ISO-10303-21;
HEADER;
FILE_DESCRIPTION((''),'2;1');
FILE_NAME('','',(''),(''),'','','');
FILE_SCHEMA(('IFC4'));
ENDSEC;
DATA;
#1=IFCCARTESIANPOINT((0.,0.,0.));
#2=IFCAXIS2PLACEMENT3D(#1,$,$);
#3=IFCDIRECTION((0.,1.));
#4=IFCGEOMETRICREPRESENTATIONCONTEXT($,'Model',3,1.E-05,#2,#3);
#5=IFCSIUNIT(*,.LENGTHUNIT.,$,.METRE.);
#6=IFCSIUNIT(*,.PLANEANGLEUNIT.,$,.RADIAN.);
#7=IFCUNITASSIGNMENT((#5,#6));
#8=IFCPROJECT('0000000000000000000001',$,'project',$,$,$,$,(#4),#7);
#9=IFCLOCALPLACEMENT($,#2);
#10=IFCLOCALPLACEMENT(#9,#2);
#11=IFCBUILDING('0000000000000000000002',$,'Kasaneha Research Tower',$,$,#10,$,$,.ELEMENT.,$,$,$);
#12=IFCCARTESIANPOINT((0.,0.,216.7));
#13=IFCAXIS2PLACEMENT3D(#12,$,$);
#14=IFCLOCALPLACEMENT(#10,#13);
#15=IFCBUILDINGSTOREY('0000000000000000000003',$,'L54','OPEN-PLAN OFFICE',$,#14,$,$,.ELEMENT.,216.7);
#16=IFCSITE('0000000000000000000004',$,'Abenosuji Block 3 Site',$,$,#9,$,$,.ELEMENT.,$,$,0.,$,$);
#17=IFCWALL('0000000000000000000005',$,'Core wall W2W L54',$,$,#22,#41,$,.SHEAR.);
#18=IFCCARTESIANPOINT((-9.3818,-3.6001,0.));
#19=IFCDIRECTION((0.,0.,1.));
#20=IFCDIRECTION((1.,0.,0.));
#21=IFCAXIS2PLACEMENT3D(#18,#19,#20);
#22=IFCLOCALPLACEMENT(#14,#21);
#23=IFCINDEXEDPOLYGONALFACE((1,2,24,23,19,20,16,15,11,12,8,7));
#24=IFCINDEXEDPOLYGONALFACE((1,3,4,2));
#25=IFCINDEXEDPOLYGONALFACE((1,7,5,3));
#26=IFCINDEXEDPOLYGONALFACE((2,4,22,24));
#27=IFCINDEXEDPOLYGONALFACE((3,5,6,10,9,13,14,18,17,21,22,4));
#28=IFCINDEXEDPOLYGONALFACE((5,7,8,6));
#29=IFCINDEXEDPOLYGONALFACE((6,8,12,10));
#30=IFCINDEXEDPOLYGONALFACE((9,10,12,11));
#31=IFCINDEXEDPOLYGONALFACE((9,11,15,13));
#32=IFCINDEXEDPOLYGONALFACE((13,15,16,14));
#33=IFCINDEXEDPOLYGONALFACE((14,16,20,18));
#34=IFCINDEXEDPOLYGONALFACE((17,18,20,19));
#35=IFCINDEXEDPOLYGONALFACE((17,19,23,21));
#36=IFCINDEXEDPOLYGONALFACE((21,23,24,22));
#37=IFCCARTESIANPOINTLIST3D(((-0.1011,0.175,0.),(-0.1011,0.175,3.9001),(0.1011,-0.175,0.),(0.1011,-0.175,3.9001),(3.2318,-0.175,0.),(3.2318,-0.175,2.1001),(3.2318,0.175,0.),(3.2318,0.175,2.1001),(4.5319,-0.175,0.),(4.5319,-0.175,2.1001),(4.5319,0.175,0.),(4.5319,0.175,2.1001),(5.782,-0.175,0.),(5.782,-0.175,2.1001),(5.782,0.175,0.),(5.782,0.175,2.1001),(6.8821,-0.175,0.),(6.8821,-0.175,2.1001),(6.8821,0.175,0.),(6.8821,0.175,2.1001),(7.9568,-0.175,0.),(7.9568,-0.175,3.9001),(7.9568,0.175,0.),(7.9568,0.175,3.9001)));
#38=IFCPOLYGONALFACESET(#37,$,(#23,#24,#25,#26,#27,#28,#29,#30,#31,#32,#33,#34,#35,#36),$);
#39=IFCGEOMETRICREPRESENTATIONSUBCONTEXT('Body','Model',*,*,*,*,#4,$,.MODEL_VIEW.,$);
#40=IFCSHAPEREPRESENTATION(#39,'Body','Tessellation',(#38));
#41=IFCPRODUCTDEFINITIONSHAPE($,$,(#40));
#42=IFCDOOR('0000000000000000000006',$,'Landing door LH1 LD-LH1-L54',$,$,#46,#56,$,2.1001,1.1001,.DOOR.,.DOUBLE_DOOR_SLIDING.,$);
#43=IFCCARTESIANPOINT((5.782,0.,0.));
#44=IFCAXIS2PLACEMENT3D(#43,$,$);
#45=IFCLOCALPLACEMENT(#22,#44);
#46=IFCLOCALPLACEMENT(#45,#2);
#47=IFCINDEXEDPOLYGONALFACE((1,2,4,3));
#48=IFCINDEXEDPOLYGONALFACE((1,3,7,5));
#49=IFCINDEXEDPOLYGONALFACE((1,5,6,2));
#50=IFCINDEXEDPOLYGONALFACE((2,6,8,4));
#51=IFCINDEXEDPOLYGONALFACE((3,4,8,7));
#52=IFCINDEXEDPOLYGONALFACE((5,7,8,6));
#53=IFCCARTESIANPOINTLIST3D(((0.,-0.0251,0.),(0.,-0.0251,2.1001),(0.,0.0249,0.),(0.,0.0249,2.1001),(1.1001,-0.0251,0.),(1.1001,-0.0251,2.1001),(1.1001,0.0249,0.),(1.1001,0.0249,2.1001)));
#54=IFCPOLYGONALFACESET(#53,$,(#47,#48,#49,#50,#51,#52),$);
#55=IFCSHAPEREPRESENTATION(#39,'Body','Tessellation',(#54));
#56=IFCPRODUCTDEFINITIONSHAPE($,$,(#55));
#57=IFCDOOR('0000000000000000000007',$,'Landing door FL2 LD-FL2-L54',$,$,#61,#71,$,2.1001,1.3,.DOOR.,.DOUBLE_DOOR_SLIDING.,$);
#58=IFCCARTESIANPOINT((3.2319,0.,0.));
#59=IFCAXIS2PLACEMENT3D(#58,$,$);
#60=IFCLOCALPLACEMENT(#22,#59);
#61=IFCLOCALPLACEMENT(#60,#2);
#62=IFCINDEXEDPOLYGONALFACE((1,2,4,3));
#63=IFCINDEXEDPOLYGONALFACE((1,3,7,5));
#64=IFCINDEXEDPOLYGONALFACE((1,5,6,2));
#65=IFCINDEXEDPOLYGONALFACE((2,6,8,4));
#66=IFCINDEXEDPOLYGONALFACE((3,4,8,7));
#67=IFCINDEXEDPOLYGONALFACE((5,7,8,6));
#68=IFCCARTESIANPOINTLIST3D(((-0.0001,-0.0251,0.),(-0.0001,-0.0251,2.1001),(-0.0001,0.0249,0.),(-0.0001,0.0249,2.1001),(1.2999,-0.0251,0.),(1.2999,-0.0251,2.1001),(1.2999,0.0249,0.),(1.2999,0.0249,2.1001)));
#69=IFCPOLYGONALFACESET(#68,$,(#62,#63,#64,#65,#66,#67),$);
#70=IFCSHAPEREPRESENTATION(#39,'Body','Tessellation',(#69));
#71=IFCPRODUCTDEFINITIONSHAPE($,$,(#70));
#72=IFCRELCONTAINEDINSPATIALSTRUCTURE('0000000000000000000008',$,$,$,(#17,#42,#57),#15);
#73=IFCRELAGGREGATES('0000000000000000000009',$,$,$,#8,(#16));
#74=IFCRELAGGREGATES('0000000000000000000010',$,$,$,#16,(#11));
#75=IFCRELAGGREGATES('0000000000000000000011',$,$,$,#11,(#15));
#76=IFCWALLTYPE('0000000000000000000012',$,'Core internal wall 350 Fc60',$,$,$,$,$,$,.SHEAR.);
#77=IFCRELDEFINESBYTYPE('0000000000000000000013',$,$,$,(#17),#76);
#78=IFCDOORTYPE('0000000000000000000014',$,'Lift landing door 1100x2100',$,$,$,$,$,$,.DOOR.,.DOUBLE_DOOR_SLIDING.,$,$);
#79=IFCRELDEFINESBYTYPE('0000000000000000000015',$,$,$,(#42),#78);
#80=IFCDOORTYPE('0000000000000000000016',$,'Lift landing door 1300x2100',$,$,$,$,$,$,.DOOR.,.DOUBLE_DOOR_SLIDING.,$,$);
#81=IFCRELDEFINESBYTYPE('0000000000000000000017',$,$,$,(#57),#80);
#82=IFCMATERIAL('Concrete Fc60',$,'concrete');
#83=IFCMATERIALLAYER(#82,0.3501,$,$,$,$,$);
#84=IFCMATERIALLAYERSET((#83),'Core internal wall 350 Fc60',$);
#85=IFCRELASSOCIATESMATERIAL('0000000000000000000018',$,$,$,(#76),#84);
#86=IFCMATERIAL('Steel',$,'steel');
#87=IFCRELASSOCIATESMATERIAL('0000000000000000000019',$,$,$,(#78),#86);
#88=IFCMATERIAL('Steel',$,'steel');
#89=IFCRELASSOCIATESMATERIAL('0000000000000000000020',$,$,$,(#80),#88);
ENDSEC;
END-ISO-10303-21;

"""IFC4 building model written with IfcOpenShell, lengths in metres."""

from ifc_helpers import new_model, si_unit, direction, frame, frame_2d, origin, place, context, subcontext, project, spatial, polyline, rectangle, outline, extrude, material, layer, layer_set, type_object, element, fill, save


model = new_model("IFC4")

# Units and contexts
model_context = context("Model", 3, precision=1e-05, world=origin(), true_north=direction((0.0, 1.0)))
body_context = subcontext(model_context, "Body", "Model", "MODEL_VIEW")
ifc_project = project(units=[si_unit("LENGTHUNIT", "METRE"), si_unit("PLANEANGLEUNIT", "RADIAN")], contexts=[model_context])

# Site, building, storey
site_placement = place(None, origin())
site = spatial("IfcSite", under=ifc_project, at=site_placement, Name="Abenosuji Block 3 Site", CompositionType="ELEMENT", RefElevation=0.0)
building_placement = place(site_placement, origin())
building = spatial("IfcBuilding", under=site, at=building_placement, Name="Kasaneha Research Tower", CompositionType="ELEMENT")
storey_placement = place(building_placement, frame((0.0, 0.0, 216.7)))
storey = spatial("IfcBuildingStorey", under=building, at=storey_placement, Name="L54", Description="OPEN-PLAN OFFICE", CompositionType="ELEMENT", Elevation=216.7)

# Wall, openings, doors
ifc_material_1 = material(Name="Concrete Fc60", Category="concrete")
ifc_layer_1 = layer(ifc_material_1, 0.3501)
ifc_layer_set_1 = layer_set([ifc_layer_1], Name="Core internal wall 350 Fc60")
wall_type_1 = type_object("IfcWallType", Name="Core internal wall 350 Fc60", PredefinedType="SHEAR", material=ifc_layer_set_1)
wall_1_placement = place(storey_placement, frame((-9.3818, -3.6001, 0.0), z_axis=(0.0, 0.0, 1.0), x_axis=(1.0, 0.0, 0.0)))
wall_1 = element("IfcWall", 1, at=wall_1_placement, inside=storey, type_object=wall_type_1, Name="Core wall W2W L54", PredefinedType="SHEAR", context=body_context, shape_type="SweptSolid", body=[
    extrude(outline(polyline([(0.1011, -0.175), (3.2319, -0.175), (4.532, -0.175), (5.782, -0.175), (6.8821, -0.175), (7.9568, -0.175), (7.9568, 0.175), (6.8821, 0.175), (5.782, 0.175), (4.532, 0.175), (3.2319, 0.175), (-0.1011, 0.175), (0.1011, -0.175)])), origin(), (0.0, 0.0, 1.0), 3.9001),
])
opening_1_placement = place(wall_1_placement, frame((5.782, 0.0, 0.0)))
opening_1 = element("IfcOpeningElement", 2, at=opening_1_placement, cuts=wall_1, PredefinedType="OPENING", context=body_context, shape_type="SweptSolid", body=[
    extrude(rectangle(XDim=1.1001, YDim=2.1001, at=frame_2d((0.55, 1.05))), frame((0.0, 0.1851, 0.0), z_axis=(0.0, -1.0, 0.0), x_axis=(1.0, 0.0, 0.0)), (0.0, 0.0, 1.0), 0.3701),
])
opening_2_placement = place(wall_1_placement, frame((3.2319, 0.0, 0.0)))
opening_2 = element("IfcOpeningElement", 3, at=opening_2_placement, cuts=wall_1, PredefinedType="OPENING", context=body_context, shape_type="SweptSolid", body=[
    extrude(rectangle(XDim=1.3, YDim=2.1001, at=frame_2d((0.6499, 1.05))), frame((0.0, 0.1851, 0.0), z_axis=(0.0, -1.0, 0.0), x_axis=(1.0, 0.0, 0.0)), (0.0, 0.0, 1.0), 0.3701),
])
ifc_material_2 = material(Name="Steel", Category="steel")
door_type_1 = type_object("IfcDoorType", Name="Lift landing door 1100x2100", OperationType="DOUBLE_DOOR_SLIDING", PredefinedType="DOOR", material=ifc_material_2)
door_1_placement = place(opening_1_placement, origin())
door_1 = element("IfcDoor", 4, at=door_1_placement, inside=storey, type_object=door_type_1, Name="Landing door LH1 LD-LH1-L54", OperationType="DOUBLE_DOOR_SLIDING", OverallHeight=2.1001, OverallWidth=1.1001, PredefinedType="DOOR", context=body_context, shape_type="SweptSolid", body=[
    extrude(rectangle(XDim=1.1001, YDim=2.1001, at=frame_2d((0.55, 1.05))), frame((0.0, 0.0249, 0.0), z_axis=(0.0, -1.0, 0.0), x_axis=(1.0, 0.0, 0.0)), (0.0, 0.0, 1.0), 0.05),
])
fill(opening_1, door_1)
ifc_material_3 = material(Name="Steel", Category="steel")
door_type_2 = type_object("IfcDoorType", Name="Lift landing door 1300x2100", OperationType="DOUBLE_DOOR_SLIDING", PredefinedType="DOOR", material=ifc_material_3)
door_2_placement = place(opening_2_placement, origin())
door_2 = element("IfcDoor", 5, at=door_2_placement, inside=storey, type_object=door_type_2, Name="Landing door FL2 LD-FL2-L54", OperationType="DOUBLE_DOOR_SLIDING", OverallHeight=2.1001, OverallWidth=1.3, PredefinedType="DOOR", context=body_context, shape_type="SweptSolid", body=[
    extrude(rectangle(XDim=1.3, YDim=2.1001, at=frame_2d((0.6499, 1.05))), frame((0.0, 0.0249, 0.0), z_axis=(0.0, -1.0, 0.0), x_axis=(1.0, 0.0, 0.0)), (0.0, 0.0, 1.0), 0.05),
])
fill(opening_2, door_2)

save(model, "model.ifc")
